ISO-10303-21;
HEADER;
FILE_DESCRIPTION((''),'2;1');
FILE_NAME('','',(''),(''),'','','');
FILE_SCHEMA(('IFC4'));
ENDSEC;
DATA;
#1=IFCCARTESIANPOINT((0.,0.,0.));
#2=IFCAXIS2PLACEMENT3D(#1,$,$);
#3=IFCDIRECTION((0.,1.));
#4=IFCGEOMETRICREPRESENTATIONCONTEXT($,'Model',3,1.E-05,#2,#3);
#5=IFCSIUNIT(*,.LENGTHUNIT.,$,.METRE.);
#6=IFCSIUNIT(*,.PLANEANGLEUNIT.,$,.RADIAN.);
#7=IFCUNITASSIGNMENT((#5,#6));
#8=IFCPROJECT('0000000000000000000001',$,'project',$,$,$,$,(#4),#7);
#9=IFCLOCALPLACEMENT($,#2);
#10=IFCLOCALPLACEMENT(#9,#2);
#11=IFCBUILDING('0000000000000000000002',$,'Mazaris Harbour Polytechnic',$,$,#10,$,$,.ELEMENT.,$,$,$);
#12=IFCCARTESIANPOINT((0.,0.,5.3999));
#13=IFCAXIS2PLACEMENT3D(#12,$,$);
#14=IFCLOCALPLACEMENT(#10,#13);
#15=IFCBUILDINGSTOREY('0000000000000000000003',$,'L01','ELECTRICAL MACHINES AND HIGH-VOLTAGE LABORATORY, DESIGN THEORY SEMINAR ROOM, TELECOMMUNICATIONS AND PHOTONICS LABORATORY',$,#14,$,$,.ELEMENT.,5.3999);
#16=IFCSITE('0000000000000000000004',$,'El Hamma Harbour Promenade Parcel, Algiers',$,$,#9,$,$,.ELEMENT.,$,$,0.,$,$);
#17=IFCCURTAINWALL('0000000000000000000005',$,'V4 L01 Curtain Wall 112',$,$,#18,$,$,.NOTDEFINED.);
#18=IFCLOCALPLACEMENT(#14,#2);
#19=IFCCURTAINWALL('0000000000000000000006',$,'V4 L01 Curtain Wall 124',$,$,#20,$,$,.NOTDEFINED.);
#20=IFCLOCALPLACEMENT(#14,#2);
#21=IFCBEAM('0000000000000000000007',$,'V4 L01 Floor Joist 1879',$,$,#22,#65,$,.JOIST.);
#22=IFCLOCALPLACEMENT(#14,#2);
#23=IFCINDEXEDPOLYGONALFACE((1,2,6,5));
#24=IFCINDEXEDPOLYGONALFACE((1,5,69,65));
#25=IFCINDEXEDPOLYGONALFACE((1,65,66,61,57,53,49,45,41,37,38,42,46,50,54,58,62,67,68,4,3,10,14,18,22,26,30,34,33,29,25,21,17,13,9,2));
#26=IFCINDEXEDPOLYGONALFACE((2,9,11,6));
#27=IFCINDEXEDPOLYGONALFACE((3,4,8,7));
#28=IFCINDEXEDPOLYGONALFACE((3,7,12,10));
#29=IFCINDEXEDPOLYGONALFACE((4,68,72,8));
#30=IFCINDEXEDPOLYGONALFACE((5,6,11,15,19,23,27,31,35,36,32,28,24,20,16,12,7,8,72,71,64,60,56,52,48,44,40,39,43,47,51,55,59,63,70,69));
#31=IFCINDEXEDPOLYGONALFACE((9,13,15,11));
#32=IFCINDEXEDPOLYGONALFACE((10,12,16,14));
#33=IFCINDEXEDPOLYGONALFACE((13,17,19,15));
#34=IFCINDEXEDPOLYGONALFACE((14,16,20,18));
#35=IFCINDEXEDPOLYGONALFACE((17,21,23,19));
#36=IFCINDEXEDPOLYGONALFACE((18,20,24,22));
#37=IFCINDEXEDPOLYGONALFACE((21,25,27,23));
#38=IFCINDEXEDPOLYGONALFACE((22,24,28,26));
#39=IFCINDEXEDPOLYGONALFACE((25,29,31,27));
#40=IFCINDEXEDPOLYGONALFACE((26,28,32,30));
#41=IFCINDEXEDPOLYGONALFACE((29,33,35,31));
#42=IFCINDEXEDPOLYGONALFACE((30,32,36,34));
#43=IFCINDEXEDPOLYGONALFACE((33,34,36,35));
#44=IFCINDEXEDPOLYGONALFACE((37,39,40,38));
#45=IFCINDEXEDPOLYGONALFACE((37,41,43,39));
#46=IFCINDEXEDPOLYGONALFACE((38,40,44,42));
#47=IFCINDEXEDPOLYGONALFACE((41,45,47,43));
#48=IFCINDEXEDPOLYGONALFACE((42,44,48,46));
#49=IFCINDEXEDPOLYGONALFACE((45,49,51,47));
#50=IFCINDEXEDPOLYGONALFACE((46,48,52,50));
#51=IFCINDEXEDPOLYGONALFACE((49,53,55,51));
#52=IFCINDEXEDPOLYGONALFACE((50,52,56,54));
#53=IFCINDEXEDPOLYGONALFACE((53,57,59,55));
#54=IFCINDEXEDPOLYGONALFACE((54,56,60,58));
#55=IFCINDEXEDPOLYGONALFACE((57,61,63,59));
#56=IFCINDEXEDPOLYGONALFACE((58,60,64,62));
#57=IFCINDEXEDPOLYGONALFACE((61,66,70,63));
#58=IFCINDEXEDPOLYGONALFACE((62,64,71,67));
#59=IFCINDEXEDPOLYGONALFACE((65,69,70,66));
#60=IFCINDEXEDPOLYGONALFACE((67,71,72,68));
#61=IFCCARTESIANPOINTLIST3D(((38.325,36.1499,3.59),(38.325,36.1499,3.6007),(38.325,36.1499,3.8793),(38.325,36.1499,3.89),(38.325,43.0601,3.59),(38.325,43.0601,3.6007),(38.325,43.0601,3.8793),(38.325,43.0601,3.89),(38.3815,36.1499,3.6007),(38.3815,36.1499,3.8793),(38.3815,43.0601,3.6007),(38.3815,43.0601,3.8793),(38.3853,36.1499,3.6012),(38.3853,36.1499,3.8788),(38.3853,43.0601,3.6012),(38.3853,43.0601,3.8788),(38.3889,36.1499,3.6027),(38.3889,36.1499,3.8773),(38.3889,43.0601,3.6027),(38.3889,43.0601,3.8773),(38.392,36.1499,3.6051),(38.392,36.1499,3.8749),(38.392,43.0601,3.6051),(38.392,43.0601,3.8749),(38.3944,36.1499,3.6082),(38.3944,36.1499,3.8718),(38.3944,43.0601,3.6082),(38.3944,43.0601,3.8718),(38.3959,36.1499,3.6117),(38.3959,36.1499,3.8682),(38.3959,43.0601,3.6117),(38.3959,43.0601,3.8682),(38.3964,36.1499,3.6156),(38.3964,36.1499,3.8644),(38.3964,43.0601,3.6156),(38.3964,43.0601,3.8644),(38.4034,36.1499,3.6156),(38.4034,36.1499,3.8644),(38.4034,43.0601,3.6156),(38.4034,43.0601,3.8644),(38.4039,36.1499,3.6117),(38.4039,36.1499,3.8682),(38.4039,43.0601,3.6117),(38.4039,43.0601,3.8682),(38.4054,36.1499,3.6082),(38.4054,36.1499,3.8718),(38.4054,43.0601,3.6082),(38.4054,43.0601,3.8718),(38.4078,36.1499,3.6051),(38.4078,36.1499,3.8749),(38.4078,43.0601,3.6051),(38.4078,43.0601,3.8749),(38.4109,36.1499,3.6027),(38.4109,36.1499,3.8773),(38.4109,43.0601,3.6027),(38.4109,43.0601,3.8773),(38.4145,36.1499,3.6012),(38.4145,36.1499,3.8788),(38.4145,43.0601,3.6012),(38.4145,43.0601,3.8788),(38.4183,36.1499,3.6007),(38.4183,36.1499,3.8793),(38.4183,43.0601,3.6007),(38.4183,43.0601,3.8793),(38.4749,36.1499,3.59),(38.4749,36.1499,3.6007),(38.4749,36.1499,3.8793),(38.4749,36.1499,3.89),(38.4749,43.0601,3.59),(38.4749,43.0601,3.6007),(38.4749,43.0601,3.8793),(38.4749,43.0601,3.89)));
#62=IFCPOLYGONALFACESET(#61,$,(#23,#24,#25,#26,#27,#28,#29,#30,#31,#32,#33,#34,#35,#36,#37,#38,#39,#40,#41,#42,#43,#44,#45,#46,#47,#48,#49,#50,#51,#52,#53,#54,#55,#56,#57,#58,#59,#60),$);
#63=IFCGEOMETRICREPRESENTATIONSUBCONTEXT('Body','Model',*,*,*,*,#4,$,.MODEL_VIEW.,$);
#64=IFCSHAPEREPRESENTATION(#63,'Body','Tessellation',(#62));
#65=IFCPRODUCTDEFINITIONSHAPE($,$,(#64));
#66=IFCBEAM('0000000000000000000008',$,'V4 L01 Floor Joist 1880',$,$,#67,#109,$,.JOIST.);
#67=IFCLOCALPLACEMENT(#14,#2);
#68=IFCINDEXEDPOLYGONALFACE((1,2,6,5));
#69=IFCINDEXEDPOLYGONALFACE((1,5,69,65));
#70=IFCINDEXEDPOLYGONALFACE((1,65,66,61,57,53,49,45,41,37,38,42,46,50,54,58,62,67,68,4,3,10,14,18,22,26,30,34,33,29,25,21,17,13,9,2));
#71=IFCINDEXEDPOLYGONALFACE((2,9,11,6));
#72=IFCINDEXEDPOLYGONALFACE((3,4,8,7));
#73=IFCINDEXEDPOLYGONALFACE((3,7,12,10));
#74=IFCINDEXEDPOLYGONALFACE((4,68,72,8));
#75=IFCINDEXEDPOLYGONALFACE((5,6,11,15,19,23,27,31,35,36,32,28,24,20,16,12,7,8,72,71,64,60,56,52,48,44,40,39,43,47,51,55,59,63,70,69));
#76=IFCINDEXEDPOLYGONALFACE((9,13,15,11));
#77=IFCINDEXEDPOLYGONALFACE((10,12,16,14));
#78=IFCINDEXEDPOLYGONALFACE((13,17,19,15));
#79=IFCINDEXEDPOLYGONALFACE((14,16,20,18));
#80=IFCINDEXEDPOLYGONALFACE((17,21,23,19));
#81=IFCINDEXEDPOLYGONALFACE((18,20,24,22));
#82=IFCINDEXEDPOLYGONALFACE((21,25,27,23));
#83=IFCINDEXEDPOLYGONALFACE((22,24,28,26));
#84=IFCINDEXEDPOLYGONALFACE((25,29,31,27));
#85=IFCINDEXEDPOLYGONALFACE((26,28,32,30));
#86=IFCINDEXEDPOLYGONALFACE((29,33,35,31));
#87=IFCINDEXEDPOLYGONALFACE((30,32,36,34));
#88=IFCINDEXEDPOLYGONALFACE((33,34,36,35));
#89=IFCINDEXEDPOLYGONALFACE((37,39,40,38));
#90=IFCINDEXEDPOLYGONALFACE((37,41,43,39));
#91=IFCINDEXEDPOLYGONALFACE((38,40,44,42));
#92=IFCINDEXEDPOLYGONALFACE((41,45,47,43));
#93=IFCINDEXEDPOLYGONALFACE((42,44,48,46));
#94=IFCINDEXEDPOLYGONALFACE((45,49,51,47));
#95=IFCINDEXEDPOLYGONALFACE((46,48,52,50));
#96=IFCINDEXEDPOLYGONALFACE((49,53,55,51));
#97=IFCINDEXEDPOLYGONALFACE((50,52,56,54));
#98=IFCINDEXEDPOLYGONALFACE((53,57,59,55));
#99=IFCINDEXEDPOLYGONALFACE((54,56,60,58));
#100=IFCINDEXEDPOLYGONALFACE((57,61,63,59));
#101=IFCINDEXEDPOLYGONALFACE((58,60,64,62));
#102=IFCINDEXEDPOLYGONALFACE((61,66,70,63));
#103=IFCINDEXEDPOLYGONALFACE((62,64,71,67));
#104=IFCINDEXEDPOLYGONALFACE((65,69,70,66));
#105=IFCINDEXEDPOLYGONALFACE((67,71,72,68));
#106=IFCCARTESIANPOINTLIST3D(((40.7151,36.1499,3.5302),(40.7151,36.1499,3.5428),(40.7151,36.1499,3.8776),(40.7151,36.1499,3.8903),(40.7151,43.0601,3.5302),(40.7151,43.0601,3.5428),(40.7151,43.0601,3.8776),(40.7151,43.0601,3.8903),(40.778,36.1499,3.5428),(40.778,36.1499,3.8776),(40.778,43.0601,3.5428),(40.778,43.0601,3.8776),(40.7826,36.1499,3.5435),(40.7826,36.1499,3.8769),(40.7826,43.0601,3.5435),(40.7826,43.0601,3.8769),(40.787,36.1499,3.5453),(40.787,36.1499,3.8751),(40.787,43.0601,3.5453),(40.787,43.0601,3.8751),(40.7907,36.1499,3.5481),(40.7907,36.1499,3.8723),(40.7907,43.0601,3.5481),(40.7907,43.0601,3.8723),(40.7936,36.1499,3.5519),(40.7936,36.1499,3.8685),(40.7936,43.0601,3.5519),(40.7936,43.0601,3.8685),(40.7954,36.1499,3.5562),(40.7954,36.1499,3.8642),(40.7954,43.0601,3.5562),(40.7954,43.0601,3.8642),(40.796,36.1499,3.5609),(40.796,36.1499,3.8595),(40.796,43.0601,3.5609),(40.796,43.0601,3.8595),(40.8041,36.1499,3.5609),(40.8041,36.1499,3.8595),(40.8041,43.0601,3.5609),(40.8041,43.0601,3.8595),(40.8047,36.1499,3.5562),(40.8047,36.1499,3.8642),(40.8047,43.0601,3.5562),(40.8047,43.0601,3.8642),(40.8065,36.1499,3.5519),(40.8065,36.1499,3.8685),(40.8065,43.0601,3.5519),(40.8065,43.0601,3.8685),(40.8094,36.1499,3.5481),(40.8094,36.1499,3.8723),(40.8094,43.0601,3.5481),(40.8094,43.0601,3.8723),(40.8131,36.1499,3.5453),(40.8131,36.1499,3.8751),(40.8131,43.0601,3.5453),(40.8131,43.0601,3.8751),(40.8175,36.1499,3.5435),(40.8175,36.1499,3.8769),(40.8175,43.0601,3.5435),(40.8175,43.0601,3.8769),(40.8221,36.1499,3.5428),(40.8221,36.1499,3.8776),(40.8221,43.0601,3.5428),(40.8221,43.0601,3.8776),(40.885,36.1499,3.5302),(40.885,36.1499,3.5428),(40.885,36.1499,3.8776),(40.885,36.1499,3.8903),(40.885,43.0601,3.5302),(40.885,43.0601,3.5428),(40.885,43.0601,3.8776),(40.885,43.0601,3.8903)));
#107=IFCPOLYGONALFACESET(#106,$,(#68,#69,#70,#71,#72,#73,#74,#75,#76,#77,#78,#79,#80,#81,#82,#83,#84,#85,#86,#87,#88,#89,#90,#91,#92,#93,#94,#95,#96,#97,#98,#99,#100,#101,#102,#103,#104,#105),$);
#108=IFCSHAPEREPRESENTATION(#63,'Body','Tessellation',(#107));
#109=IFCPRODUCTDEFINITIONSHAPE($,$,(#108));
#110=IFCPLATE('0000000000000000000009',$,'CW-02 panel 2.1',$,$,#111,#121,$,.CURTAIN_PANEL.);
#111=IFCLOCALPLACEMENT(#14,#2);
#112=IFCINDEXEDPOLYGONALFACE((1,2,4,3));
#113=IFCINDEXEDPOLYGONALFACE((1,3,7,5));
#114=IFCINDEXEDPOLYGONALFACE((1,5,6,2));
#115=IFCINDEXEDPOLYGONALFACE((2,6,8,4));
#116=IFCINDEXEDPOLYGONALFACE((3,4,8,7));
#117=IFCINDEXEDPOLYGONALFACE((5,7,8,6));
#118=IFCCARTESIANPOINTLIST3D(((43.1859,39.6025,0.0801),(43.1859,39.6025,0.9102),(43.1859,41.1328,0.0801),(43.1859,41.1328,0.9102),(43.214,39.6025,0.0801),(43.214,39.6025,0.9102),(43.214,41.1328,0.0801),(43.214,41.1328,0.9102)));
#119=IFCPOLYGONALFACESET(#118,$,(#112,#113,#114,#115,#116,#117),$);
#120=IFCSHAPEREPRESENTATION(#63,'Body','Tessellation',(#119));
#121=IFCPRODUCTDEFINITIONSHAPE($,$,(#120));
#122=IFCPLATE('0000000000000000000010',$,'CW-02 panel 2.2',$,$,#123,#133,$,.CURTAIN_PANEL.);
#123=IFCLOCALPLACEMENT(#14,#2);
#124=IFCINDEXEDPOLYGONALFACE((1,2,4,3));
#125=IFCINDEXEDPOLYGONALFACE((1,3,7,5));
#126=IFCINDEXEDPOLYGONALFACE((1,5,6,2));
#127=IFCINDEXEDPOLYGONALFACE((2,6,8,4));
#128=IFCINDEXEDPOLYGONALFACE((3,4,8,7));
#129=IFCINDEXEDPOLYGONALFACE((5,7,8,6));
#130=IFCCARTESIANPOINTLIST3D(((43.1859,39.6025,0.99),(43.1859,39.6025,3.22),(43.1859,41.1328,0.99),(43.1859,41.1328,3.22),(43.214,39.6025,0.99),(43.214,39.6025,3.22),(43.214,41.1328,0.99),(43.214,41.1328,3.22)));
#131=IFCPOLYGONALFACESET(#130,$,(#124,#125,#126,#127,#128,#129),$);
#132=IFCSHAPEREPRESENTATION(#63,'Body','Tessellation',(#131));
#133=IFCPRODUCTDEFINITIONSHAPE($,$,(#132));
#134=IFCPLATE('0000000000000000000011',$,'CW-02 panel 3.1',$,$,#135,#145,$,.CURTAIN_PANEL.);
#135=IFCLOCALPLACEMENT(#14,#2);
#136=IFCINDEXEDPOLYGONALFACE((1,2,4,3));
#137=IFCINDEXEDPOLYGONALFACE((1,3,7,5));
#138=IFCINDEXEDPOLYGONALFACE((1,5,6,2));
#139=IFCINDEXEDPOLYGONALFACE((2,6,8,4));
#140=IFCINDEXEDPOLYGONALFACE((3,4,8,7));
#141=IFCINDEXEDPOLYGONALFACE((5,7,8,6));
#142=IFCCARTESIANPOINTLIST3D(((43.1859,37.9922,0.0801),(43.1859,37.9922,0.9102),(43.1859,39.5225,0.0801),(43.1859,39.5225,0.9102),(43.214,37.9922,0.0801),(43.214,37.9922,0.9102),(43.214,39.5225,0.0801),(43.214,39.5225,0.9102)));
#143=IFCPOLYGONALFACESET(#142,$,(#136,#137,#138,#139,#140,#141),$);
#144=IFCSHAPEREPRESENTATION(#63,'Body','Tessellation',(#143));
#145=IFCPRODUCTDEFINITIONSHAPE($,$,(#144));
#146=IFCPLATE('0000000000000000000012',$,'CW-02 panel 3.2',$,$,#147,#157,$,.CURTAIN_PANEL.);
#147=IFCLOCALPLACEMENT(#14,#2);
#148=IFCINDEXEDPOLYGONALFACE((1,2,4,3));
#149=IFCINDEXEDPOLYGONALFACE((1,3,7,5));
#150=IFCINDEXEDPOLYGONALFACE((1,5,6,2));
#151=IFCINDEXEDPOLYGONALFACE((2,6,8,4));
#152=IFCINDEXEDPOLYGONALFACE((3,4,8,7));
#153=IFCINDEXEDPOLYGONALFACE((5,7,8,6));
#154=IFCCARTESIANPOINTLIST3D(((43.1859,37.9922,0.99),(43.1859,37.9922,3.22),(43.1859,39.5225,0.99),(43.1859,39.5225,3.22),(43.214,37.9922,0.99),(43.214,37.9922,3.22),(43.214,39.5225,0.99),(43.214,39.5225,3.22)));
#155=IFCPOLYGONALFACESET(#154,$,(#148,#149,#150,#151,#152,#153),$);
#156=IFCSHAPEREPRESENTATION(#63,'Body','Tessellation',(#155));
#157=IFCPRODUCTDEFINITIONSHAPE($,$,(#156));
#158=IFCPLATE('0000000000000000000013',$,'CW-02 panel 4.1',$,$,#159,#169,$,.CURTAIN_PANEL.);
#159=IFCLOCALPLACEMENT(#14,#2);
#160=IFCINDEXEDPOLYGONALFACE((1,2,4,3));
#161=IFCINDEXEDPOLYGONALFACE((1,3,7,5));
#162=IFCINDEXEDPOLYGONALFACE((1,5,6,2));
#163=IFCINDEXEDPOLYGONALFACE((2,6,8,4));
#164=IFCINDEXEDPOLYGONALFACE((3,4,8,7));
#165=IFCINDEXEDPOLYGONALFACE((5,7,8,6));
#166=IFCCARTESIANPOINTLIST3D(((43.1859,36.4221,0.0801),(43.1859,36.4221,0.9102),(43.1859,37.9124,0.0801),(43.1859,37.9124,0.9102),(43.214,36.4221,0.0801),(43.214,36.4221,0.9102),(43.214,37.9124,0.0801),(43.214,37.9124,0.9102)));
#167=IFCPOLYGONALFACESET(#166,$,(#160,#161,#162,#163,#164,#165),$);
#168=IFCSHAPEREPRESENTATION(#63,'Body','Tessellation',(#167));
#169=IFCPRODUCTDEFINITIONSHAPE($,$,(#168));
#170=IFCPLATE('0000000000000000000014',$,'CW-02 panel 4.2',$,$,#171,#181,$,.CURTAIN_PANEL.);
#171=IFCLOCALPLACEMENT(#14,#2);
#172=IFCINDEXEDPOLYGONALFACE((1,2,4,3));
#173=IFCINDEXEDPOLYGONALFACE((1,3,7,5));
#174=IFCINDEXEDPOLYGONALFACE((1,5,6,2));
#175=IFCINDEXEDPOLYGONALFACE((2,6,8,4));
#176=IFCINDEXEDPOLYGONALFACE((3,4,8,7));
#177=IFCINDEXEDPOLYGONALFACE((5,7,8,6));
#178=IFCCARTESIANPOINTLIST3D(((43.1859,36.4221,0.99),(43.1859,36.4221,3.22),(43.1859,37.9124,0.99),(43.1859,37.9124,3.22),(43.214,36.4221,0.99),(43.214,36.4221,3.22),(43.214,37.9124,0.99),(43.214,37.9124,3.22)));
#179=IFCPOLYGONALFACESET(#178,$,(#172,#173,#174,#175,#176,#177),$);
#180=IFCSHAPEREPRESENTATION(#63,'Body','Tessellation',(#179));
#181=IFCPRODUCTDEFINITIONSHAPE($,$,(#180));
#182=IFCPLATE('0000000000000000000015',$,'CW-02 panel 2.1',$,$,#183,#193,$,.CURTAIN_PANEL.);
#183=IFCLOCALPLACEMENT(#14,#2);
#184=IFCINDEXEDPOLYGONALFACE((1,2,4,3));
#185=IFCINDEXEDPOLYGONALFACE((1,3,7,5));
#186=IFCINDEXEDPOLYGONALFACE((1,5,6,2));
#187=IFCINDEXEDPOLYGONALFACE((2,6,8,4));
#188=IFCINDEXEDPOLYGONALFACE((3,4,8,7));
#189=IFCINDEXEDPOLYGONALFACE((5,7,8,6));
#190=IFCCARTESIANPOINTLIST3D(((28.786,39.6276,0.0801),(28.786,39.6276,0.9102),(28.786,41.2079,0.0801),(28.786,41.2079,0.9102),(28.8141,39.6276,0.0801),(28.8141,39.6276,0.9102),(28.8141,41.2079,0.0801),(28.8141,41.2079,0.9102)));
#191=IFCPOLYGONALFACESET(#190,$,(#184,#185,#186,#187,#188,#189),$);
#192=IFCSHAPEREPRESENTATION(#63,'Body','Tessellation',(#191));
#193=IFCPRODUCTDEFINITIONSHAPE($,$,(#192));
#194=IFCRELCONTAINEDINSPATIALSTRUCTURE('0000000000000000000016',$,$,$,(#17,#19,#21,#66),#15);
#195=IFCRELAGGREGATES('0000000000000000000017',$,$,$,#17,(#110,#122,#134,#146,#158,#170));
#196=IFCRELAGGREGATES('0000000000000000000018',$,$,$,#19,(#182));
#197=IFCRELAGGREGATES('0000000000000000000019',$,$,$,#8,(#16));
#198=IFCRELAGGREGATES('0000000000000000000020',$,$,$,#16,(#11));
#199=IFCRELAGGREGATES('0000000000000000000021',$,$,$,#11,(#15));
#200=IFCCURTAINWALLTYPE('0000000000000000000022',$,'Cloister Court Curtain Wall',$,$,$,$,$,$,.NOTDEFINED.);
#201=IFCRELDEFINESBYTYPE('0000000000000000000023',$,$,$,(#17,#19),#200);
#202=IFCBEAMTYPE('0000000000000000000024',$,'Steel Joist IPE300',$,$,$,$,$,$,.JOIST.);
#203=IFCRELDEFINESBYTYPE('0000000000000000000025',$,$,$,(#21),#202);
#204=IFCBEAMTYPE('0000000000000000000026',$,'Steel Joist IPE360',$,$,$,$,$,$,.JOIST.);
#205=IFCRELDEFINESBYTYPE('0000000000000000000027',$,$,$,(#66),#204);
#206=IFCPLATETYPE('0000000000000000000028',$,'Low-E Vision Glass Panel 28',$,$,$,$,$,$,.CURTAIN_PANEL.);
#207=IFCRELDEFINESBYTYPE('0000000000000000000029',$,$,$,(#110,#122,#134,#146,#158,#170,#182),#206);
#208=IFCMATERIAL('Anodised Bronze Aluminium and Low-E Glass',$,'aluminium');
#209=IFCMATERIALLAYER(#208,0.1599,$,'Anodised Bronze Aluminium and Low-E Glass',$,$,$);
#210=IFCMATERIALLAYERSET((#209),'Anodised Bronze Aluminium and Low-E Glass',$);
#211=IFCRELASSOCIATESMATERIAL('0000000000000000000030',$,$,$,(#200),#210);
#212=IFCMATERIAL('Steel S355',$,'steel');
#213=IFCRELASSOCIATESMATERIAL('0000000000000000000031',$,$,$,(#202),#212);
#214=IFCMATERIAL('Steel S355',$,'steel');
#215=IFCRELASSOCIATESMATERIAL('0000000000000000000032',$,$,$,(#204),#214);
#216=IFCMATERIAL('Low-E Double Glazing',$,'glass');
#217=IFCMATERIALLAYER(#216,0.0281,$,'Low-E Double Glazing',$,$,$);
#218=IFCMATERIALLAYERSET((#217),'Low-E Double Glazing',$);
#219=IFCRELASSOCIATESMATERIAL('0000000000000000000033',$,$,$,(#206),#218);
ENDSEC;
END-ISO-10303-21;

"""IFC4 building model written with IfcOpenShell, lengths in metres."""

from ifc_helpers import new_model, si_unit, direction, frame, origin, origin_2d, place, context, subcontext, project, spatial, rectangle, i_section, extrude, material, layer, layer_set, material_profile, profile_set, type_object, element, aggregate, save


model = new_model("IFC4")

# Units and contexts
model_context = context("Model", 3, precision=1e-05, world=origin(), true_north=direction((0.0, 1.0)))
body_context = subcontext(model_context, "Body", "Model", "MODEL_VIEW")
ifc_project = project(units=[si_unit("LENGTHUNIT", "METRE"), si_unit("PLANEANGLEUNIT", "RADIAN")], contexts=[model_context])

# Site, building, storey
site_placement = place(None, origin())
site = spatial("IfcSite", under=ifc_project, at=site_placement, Name="El Hamma Harbour Promenade Parcel, Algiers", CompositionType="ELEMENT", RefElevation=0.0)
building_placement = place(site_placement, origin())
building = spatial("IfcBuilding", under=site, at=building_placement, Name="Mazaris Harbour Polytechnic", CompositionType="ELEMENT")
storey_placement = place(building_placement, frame((0.0, 0.0, 5.3999)))
storey = spatial("IfcBuildingStorey", under=building, at=storey_placement, Name="L01", Description="ELECTRICAL MACHINES AND HIGH-VOLTAGE LABORATORY, DESIGN THEORY SEMINAR ROOM, TELECOMMUNICATIONS AND PHOTONICS LABORATORY", CompositionType="ELEMENT", Elevation=5.3999)

# Curtain walls
ifc_material_1 = material(Name="Anodised Bronze Aluminium and Low-E Glass", Category="aluminium")
ifc_layer_1 = layer(ifc_material_1, 0.1599, Name="Anodised Bronze Aluminium and Low-E Glass")
ifc_layer_set_1 = layer_set([ifc_layer_1], Name="Anodised Bronze Aluminium and Low-E Glass")
curtain_wall_type = type_object("IfcCurtainWallType", Name="Cloister Court Curtain Wall", PredefinedType="NOTDEFINED", material=ifc_layer_set_1)
curtain_wall_1_placement = place(storey_placement, origin())
curtain_wall_1 = element("IfcCurtainWall", 1, at=curtain_wall_1_placement, inside=storey, type_object=curtain_wall_type, Name="V4 L01 Curtain Wall 112", PredefinedType="NOTDEFINED")
curtain_wall_2_placement = place(storey_placement, origin())
curtain_wall_2 = element("IfcCurtainWall", 2, at=curtain_wall_2_placement, inside=storey, type_object=curtain_wall_type, Name="V4 L01 Curtain Wall 124", PredefinedType="NOTDEFINED")

# Beams
ifc_material_2 = material(Name="Steel S355", Category="steel")
ifc_material_profile_1 = material_profile(ifc_material_2, i_section(OverallWidth=0.1499, OverallDepth=0.3, WebThickness=0.0071, FlangeThickness=0.0107, FilletRadius=0.0149, at=origin_2d()), Name="IPE 300")
ifc_profile_set_1 = profile_set([ifc_material_profile_1], Name="Steel S355")
beam_type_1 = type_object("IfcBeamType", Name="Steel Joist IPE300", PredefinedType="JOIST", material=ifc_profile_set_1)
beam_1_placement = place(storey_placement, frame((38.3999, 36.1499, 3.74), z_axis=(0.0, 1.0, 0.0), x_axis=(-1.0, 0.0, 0.0)))
element("IfcBeam", 3, at=beam_1_placement, inside=storey, type_object=beam_type_1, Name="V4 L01 Floor Joist 1879", PredefinedType="JOIST", context=body_context, shape_type="SweptSolid", body=[
    extrude(i_section(OverallWidth=0.1499, OverallDepth=0.3, WebThickness=0.0071, FlangeThickness=0.0107, FilletRadius=0.0149, at=origin_2d()), origin(), (0.0, 0.0, 1.0), 6.9102),
])
ifc_material_3 = material(Name="Steel S355", Category="steel")
ifc_material_profile_2 = material_profile(ifc_material_3, i_section(OverallWidth=0.1699, OverallDepth=0.3601, WebThickness=0.0081, FlangeThickness=0.0127, FilletRadius=0.0181, at=origin_2d()), Name="IPE 360")
ifc_profile_set_2 = profile_set([ifc_material_profile_2], Name="Steel S355")
beam_type_2 = type_object("IfcBeamType", Name="Steel Joist IPE360", PredefinedType="JOIST", material=ifc_profile_set_2)
beam_2_placement = place(storey_placement, frame((40.8, 36.1499, 3.7102), z_axis=(0.0, 1.0, 0.0), x_axis=(-1.0, 0.0, 0.0)))
element("IfcBeam", 4, at=beam_2_placement, inside=storey, type_object=beam_type_2, Name="V4 L01 Floor Joist 1880", PredefinedType="JOIST", context=body_context, shape_type="SweptSolid", body=[
    extrude(i_section(OverallWidth=0.1699, OverallDepth=0.3601, WebThickness=0.0081, FlangeThickness=0.0127, FilletRadius=0.0181, at=origin_2d()), origin(), (0.0, 0.0, 1.0), 6.9102),
])

# Plates
ifc_material_4 = material(Name="Low-E Double Glazing", Category="glass")
ifc_layer_2 = layer(ifc_material_4, 0.0281, Name="Low-E Double Glazing")
ifc_layer_set_2 = layer_set([ifc_layer_2], Name="Low-E Double Glazing")
plate_type = type_object("IfcPlateType", Name="Low-E Vision Glass Panel 28", PredefinedType="CURTAIN_PANEL", material=ifc_layer_set_2)
plate_1_placement = place(storey_placement, frame((43.2, 40.3677, 0.0801), z_axis=(0.0, 0.0, 1.0), x_axis=(0.0, -1.0, 0.0)))
plate_1 = element("IfcPlate", 5, at=plate_1_placement, type_object=plate_type, Name="CW-02 panel 2.1", PredefinedType="CURTAIN_PANEL", context=body_context, shape_type="SweptSolid", body=[
    extrude(rectangle(XDim=1.5303, YDim=0.0281, at=origin_2d()), origin(), (0.0, 0.0, 1.0), 0.8301),
])
plate_2_placement = place(storey_placement, frame((43.2, 40.3677, 0.99), z_axis=(0.0, 0.0, 1.0), x_axis=(0.0, -1.0, 0.0)))
plate_2 = element("IfcPlate", 6, at=plate_2_placement, type_object=plate_type, Name="CW-02 panel 2.2", PredefinedType="CURTAIN_PANEL", context=body_context, shape_type="SweptSolid", body=[
    extrude(rectangle(XDim=1.5303, YDim=0.0281, at=origin_2d()), origin(), (0.0, 0.0, 1.0), 2.23),
])
plate_3_placement = place(storey_placement, frame((43.2, 38.7573, 0.0801), z_axis=(0.0, 0.0, 1.0), x_axis=(0.0, -1.0, 0.0)))
plate_3 = element("IfcPlate", 7, at=plate_3_placement, type_object=plate_type, Name="CW-02 panel 3.1", PredefinedType="CURTAIN_PANEL", context=body_context, shape_type="SweptSolid", body=[
    extrude(rectangle(XDim=1.5303, YDim=0.0281, at=origin_2d()), origin(), (0.0, 0.0, 1.0), 0.8301),
])
plate_4_placement = place(storey_placement, frame((43.2, 38.7573, 0.99), z_axis=(0.0, 0.0, 1.0), x_axis=(0.0, -1.0, 0.0)))
plate_4 = element("IfcPlate", 8, at=plate_4_placement, type_object=plate_type, Name="CW-02 panel 3.2", PredefinedType="CURTAIN_PANEL", context=body_context, shape_type="SweptSolid", body=[
    extrude(rectangle(XDim=1.5303, YDim=0.0281, at=origin_2d()), origin(), (0.0, 0.0, 1.0), 2.23),
])
plate_5_placement = place(storey_placement, frame((43.2, 37.1672, 0.0801), z_axis=(0.0, 0.0, 1.0), x_axis=(0.0, -1.0, 0.0)))
plate_5 = element("IfcPlate", 9, at=plate_5_placement, type_object=plate_type, Name="CW-02 panel 4.1", PredefinedType="CURTAIN_PANEL", context=body_context, shape_type="SweptSolid", body=[
    extrude(rectangle(XDim=1.4902, YDim=0.0281, at=origin_2d()), origin(), (0.0, 0.0, 1.0), 0.8301),
])
plate_6_placement = place(storey_placement, frame((43.2, 37.1672, 0.99), z_axis=(0.0, 0.0, 1.0), x_axis=(0.0, -1.0, 0.0)))
plate_6 = element("IfcPlate", 10, at=plate_6_placement, type_object=plate_type, Name="CW-02 panel 4.2", PredefinedType="CURTAIN_PANEL", context=body_context, shape_type="SweptSolid", body=[
    extrude(rectangle(XDim=1.4902, YDim=0.0281, at=origin_2d()), origin(), (0.0, 0.0, 1.0), 2.23),
])
aggregate(curtain_wall_1, [plate_1, plate_2, plate_3, plate_4, plate_5, plate_6])
plate_7_placement = place(storey_placement, frame((28.8, 40.4177, 0.0801), z_axis=(0.0, 0.0, 1.0), x_axis=(0.0, -1.0, 0.0)))
plate_7 = element("IfcPlate", 11, at=plate_7_placement, type_object=plate_type, Name="CW-02 panel 2.1", PredefinedType="CURTAIN_PANEL", context=body_context, shape_type="SweptSolid", body=[
    extrude(rectangle(XDim=1.5803, YDim=0.0281, at=origin_2d()), origin(), (0.0, 0.0, 1.0), 0.8301),
])
aggregate(curtain_wall_2, [plate_7])

save(model, "model.ifc")
